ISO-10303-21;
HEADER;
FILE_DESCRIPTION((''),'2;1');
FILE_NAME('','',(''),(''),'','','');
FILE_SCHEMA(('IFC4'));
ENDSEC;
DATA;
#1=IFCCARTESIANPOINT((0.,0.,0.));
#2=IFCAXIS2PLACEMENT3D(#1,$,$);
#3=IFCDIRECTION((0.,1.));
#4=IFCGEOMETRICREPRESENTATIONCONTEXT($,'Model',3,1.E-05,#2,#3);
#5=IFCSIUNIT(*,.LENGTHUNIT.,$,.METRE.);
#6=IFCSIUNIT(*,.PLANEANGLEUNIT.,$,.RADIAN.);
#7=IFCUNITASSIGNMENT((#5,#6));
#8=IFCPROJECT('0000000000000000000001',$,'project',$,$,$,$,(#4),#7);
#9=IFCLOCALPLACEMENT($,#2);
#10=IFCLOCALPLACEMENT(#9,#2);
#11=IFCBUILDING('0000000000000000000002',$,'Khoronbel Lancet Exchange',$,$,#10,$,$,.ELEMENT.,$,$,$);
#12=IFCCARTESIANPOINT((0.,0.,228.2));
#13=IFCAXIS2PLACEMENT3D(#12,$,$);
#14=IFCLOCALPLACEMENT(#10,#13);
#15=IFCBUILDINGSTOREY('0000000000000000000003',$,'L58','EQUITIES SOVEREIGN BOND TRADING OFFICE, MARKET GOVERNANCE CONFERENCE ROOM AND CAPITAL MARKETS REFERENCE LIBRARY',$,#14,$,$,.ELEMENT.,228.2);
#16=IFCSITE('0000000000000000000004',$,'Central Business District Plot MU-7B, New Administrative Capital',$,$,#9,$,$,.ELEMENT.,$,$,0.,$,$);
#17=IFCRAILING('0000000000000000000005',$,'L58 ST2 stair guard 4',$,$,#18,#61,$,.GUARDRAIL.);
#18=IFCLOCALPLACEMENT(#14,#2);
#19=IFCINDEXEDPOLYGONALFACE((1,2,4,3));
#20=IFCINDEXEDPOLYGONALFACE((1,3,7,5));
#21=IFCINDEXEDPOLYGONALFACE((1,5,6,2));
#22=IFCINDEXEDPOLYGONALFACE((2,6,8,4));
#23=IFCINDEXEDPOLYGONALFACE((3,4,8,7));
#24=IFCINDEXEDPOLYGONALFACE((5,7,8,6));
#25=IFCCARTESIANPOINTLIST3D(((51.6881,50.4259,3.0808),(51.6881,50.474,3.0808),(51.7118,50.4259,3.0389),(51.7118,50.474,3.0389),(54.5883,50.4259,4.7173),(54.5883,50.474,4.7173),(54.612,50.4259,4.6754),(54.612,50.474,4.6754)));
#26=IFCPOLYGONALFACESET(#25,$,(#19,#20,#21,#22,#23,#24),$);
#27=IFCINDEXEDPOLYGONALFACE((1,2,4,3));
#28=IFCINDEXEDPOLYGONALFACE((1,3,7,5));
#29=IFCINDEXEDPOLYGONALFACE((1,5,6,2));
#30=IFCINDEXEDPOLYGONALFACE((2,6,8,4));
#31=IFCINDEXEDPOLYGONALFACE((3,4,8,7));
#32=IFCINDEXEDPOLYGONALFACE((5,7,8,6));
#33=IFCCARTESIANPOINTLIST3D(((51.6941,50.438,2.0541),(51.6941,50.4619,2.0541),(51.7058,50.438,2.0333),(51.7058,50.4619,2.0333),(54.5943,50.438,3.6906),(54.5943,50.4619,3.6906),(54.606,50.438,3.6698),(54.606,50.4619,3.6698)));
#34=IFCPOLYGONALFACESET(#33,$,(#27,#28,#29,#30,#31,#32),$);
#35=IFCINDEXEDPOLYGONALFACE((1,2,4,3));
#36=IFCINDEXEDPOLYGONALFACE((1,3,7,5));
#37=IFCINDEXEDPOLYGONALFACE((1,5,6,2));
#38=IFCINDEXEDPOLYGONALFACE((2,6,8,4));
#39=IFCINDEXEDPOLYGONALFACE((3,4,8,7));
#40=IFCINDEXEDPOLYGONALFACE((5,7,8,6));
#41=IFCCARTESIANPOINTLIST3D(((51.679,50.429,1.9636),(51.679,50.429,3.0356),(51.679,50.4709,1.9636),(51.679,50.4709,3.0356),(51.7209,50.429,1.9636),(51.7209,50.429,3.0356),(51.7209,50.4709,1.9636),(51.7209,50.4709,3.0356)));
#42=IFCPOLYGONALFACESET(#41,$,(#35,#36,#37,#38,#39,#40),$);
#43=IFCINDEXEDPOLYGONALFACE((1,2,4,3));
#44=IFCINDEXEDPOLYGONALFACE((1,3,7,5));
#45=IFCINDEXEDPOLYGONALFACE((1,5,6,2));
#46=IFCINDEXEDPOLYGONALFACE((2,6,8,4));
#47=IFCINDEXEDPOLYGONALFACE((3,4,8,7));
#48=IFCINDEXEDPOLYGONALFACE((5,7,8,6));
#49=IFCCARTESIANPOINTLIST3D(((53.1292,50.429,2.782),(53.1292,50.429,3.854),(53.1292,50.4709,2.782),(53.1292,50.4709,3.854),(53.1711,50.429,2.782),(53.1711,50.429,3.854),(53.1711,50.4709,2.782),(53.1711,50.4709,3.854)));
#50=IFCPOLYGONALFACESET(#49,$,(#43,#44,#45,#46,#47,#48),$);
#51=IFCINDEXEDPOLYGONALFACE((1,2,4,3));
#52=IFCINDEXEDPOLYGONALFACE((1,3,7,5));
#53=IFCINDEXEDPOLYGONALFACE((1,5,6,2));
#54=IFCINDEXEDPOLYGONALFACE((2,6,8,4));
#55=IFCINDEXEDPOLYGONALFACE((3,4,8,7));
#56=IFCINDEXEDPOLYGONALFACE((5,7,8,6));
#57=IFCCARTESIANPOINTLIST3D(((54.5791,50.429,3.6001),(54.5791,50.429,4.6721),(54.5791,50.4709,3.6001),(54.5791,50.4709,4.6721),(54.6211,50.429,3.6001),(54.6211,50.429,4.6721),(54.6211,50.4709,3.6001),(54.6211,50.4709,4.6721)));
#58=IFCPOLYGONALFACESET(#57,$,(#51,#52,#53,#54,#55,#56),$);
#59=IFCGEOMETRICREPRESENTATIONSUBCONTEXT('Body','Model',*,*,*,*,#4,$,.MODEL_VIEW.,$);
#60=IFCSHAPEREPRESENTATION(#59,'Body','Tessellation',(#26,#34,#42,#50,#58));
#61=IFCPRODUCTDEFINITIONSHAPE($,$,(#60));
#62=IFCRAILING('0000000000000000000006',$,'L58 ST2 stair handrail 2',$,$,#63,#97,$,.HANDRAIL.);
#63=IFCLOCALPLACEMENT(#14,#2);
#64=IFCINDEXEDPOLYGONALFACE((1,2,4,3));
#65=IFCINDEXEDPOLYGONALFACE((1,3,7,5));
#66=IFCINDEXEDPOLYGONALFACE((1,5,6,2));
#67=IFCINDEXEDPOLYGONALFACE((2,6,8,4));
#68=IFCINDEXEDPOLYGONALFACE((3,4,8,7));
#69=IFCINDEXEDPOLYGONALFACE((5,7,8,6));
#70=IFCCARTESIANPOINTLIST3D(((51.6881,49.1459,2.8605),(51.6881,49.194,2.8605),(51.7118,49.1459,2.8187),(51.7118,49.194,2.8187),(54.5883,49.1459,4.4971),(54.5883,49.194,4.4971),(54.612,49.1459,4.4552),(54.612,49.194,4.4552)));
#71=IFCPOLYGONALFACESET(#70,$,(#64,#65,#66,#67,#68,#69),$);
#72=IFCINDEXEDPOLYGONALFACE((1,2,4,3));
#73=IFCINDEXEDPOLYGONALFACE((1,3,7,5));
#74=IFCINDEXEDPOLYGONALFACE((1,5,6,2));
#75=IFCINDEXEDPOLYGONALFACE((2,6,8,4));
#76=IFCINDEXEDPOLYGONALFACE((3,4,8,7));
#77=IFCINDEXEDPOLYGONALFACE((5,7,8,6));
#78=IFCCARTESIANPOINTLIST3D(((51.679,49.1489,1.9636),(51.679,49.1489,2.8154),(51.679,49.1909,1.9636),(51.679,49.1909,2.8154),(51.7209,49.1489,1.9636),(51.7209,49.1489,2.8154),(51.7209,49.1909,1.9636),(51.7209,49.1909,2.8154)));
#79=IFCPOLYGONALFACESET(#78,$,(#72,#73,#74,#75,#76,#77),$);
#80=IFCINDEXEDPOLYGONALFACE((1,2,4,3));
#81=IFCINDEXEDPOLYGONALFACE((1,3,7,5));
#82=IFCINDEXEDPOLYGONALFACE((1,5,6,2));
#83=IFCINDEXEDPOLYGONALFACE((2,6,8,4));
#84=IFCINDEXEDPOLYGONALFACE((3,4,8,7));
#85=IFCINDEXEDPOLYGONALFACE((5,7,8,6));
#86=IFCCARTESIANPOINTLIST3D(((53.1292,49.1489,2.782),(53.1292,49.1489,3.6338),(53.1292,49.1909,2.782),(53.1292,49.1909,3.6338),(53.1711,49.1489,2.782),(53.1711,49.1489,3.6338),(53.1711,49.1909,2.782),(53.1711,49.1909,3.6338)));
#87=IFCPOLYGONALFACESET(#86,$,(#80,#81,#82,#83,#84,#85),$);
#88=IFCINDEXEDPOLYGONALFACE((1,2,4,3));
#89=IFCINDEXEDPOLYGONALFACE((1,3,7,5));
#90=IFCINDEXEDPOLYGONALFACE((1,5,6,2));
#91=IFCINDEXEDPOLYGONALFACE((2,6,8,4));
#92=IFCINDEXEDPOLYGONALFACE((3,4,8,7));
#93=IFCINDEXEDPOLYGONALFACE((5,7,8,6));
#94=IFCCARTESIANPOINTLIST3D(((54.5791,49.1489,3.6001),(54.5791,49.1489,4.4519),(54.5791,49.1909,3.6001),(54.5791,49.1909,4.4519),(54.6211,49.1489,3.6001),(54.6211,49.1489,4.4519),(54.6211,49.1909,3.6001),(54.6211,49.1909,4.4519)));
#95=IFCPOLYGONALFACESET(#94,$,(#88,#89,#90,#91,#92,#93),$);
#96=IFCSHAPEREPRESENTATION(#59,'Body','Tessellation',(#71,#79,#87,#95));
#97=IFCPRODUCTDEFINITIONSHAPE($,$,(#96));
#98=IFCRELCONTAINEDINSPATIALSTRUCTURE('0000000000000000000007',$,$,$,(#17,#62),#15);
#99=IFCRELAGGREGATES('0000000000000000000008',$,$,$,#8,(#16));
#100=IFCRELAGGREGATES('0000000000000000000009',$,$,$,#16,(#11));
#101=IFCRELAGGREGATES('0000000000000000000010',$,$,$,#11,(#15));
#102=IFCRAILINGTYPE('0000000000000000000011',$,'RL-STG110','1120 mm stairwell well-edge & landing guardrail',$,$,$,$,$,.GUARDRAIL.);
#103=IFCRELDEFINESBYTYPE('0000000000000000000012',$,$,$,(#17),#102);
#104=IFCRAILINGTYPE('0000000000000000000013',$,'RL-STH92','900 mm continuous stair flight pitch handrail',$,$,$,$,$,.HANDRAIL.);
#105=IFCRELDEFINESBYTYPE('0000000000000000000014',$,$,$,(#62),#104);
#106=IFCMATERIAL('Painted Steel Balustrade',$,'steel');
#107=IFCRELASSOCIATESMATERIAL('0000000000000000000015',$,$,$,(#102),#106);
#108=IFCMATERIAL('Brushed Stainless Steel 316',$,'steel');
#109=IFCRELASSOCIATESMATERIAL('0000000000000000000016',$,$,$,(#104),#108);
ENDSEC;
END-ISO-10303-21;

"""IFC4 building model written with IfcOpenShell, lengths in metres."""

from ifc_helpers import new_model, si_unit, direction, frame, origin, origin_2d, place, context, subcontext, project, spatial, rectangle, extrude, material, type_object, element, save


model = new_model("IFC4")

# Units and contexts
model_context = context("Model", 3, precision=1e-05, world=origin(), true_north=direction((0.0, 1.0)))
body_context = subcontext(model_context, "Body", "Model", "MODEL_VIEW")
ifc_project = project(units=[si_unit("LENGTHUNIT", "METRE"), si_unit("PLANEANGLEUNIT", "RADIAN")], contexts=[model_context])

# Site, building, storey
site_placement = place(None, origin())
site = spatial("IfcSite", under=ifc_project, at=site_placement, Name="Central Business District Plot MU-7B, New Administrative Capital", CompositionType="ELEMENT", RefElevation=0.0)
building_placement = place(site_placement, origin())
building = spatial("IfcBuilding", under=site, at=building_placement, Name="Khoronbel Lancet Exchange", CompositionType="ELEMENT")
storey_placement = place(building_placement, frame((0.0, 0.0, 228.2)))
storey = spatial("IfcBuildingStorey", under=building, at=storey_placement, Name="L58", Description="EQUITIES SOVEREIGN BOND TRADING OFFICE, MARKET GOVERNANCE CONFERENCE ROOM AND CAPITAL MARKETS REFERENCE LIBRARY", CompositionType="ELEMENT", Elevation=228.2)

# Railings
ifc_material_1 = material(Name="Painted Steel Balustrade", Category="steel")
railing_type_1 = type_object("IfcRailingType", Name="RL-STG110", Description="1120 mm stairwell well-edge & landing guardrail", PredefinedType="GUARDRAIL", material=ifc_material_1)
railing_1_placement = place(storey_placement, frame((51.7, 50.45, 1.9636)))
element("IfcRailing", 1, at=railing_1_placement, inside=storey, type_object=railing_type_1, Name="L58 ST2 stair guard 4", PredefinedType="GUARDRAIL", context=body_context, shape_type="SweptSolid", body=[
    extrude(rectangle(XDim=0.0481, YDim=0.0481, at=origin_2d()), frame((0.0, 0.0, 1.0962), z_axis=(0.870915, 0.0, 0.491434), x_axis=(0.0, 1.0, 0.0)), (0.0, 0.0, 1.0), 3.3301),
    extrude(rectangle(XDim=0.0239, YDim=0.0239, at=origin_2d()), frame((0.0, 0.0, 0.0801), z_axis=(0.870915, 0.0, 0.491434), x_axis=(0.0, 1.0, 0.0)), (0.0, 0.0, 1.0), 3.3301),
    extrude(rectangle(XDim=0.042, YDim=0.042, at=origin_2d()), origin(), (0.0, 0.0, 1.0), 1.072),
    extrude(rectangle(XDim=0.042, YDim=0.042, at=origin_2d()), frame((1.4502, 0.0, 0.8184)), (0.0, 0.0, 1.0), 1.072),
    extrude(rectangle(XDim=0.042, YDim=0.042, at=origin_2d()), frame((2.9001, 0.0, 1.6365)), (0.0, 0.0, 1.0), 1.072),
])
ifc_material_2 = material(Name="Brushed Stainless Steel 316", Category="steel")
railing_type_2 = type_object("IfcRailingType", Name="RL-STH92", Description="900 mm continuous stair flight pitch handrail", PredefinedType="HANDRAIL", material=ifc_material_2)
railing_2_placement = place(storey_placement, frame((51.7, 49.1699, 1.9636)))
element("IfcRailing", 2, at=railing_2_placement, inside=storey, type_object=railing_type_2, Name="L58 ST2 stair handrail 2", PredefinedType="HANDRAIL", context=body_context, shape_type="SweptSolid", body=[
    extrude(rectangle(XDim=0.0481, YDim=0.0481, at=origin_2d()), frame((0.0, 0.0, 0.876), z_axis=(0.870915, 0.0, 0.491434), x_axis=(0.0, 1.0, 0.0)), (0.0, 0.0, 1.0), 3.3301),
    extrude(rectangle(XDim=0.042, YDim=0.042, at=origin_2d()), origin(), (0.0, 0.0, 1.0), 0.8518),
    extrude(rectangle(XDim=0.042, YDim=0.042, at=origin_2d()), frame((1.4502, 0.0, 0.8184)), (0.0, 0.0, 1.0), 0.8518),
    extrude(rectangle(XDim=0.042, YDim=0.042, at=origin_2d()), frame((2.9001, 0.0, 1.6365)), (0.0, 0.0, 1.0), 0.8518),
])

save(model, "model.ifc")
